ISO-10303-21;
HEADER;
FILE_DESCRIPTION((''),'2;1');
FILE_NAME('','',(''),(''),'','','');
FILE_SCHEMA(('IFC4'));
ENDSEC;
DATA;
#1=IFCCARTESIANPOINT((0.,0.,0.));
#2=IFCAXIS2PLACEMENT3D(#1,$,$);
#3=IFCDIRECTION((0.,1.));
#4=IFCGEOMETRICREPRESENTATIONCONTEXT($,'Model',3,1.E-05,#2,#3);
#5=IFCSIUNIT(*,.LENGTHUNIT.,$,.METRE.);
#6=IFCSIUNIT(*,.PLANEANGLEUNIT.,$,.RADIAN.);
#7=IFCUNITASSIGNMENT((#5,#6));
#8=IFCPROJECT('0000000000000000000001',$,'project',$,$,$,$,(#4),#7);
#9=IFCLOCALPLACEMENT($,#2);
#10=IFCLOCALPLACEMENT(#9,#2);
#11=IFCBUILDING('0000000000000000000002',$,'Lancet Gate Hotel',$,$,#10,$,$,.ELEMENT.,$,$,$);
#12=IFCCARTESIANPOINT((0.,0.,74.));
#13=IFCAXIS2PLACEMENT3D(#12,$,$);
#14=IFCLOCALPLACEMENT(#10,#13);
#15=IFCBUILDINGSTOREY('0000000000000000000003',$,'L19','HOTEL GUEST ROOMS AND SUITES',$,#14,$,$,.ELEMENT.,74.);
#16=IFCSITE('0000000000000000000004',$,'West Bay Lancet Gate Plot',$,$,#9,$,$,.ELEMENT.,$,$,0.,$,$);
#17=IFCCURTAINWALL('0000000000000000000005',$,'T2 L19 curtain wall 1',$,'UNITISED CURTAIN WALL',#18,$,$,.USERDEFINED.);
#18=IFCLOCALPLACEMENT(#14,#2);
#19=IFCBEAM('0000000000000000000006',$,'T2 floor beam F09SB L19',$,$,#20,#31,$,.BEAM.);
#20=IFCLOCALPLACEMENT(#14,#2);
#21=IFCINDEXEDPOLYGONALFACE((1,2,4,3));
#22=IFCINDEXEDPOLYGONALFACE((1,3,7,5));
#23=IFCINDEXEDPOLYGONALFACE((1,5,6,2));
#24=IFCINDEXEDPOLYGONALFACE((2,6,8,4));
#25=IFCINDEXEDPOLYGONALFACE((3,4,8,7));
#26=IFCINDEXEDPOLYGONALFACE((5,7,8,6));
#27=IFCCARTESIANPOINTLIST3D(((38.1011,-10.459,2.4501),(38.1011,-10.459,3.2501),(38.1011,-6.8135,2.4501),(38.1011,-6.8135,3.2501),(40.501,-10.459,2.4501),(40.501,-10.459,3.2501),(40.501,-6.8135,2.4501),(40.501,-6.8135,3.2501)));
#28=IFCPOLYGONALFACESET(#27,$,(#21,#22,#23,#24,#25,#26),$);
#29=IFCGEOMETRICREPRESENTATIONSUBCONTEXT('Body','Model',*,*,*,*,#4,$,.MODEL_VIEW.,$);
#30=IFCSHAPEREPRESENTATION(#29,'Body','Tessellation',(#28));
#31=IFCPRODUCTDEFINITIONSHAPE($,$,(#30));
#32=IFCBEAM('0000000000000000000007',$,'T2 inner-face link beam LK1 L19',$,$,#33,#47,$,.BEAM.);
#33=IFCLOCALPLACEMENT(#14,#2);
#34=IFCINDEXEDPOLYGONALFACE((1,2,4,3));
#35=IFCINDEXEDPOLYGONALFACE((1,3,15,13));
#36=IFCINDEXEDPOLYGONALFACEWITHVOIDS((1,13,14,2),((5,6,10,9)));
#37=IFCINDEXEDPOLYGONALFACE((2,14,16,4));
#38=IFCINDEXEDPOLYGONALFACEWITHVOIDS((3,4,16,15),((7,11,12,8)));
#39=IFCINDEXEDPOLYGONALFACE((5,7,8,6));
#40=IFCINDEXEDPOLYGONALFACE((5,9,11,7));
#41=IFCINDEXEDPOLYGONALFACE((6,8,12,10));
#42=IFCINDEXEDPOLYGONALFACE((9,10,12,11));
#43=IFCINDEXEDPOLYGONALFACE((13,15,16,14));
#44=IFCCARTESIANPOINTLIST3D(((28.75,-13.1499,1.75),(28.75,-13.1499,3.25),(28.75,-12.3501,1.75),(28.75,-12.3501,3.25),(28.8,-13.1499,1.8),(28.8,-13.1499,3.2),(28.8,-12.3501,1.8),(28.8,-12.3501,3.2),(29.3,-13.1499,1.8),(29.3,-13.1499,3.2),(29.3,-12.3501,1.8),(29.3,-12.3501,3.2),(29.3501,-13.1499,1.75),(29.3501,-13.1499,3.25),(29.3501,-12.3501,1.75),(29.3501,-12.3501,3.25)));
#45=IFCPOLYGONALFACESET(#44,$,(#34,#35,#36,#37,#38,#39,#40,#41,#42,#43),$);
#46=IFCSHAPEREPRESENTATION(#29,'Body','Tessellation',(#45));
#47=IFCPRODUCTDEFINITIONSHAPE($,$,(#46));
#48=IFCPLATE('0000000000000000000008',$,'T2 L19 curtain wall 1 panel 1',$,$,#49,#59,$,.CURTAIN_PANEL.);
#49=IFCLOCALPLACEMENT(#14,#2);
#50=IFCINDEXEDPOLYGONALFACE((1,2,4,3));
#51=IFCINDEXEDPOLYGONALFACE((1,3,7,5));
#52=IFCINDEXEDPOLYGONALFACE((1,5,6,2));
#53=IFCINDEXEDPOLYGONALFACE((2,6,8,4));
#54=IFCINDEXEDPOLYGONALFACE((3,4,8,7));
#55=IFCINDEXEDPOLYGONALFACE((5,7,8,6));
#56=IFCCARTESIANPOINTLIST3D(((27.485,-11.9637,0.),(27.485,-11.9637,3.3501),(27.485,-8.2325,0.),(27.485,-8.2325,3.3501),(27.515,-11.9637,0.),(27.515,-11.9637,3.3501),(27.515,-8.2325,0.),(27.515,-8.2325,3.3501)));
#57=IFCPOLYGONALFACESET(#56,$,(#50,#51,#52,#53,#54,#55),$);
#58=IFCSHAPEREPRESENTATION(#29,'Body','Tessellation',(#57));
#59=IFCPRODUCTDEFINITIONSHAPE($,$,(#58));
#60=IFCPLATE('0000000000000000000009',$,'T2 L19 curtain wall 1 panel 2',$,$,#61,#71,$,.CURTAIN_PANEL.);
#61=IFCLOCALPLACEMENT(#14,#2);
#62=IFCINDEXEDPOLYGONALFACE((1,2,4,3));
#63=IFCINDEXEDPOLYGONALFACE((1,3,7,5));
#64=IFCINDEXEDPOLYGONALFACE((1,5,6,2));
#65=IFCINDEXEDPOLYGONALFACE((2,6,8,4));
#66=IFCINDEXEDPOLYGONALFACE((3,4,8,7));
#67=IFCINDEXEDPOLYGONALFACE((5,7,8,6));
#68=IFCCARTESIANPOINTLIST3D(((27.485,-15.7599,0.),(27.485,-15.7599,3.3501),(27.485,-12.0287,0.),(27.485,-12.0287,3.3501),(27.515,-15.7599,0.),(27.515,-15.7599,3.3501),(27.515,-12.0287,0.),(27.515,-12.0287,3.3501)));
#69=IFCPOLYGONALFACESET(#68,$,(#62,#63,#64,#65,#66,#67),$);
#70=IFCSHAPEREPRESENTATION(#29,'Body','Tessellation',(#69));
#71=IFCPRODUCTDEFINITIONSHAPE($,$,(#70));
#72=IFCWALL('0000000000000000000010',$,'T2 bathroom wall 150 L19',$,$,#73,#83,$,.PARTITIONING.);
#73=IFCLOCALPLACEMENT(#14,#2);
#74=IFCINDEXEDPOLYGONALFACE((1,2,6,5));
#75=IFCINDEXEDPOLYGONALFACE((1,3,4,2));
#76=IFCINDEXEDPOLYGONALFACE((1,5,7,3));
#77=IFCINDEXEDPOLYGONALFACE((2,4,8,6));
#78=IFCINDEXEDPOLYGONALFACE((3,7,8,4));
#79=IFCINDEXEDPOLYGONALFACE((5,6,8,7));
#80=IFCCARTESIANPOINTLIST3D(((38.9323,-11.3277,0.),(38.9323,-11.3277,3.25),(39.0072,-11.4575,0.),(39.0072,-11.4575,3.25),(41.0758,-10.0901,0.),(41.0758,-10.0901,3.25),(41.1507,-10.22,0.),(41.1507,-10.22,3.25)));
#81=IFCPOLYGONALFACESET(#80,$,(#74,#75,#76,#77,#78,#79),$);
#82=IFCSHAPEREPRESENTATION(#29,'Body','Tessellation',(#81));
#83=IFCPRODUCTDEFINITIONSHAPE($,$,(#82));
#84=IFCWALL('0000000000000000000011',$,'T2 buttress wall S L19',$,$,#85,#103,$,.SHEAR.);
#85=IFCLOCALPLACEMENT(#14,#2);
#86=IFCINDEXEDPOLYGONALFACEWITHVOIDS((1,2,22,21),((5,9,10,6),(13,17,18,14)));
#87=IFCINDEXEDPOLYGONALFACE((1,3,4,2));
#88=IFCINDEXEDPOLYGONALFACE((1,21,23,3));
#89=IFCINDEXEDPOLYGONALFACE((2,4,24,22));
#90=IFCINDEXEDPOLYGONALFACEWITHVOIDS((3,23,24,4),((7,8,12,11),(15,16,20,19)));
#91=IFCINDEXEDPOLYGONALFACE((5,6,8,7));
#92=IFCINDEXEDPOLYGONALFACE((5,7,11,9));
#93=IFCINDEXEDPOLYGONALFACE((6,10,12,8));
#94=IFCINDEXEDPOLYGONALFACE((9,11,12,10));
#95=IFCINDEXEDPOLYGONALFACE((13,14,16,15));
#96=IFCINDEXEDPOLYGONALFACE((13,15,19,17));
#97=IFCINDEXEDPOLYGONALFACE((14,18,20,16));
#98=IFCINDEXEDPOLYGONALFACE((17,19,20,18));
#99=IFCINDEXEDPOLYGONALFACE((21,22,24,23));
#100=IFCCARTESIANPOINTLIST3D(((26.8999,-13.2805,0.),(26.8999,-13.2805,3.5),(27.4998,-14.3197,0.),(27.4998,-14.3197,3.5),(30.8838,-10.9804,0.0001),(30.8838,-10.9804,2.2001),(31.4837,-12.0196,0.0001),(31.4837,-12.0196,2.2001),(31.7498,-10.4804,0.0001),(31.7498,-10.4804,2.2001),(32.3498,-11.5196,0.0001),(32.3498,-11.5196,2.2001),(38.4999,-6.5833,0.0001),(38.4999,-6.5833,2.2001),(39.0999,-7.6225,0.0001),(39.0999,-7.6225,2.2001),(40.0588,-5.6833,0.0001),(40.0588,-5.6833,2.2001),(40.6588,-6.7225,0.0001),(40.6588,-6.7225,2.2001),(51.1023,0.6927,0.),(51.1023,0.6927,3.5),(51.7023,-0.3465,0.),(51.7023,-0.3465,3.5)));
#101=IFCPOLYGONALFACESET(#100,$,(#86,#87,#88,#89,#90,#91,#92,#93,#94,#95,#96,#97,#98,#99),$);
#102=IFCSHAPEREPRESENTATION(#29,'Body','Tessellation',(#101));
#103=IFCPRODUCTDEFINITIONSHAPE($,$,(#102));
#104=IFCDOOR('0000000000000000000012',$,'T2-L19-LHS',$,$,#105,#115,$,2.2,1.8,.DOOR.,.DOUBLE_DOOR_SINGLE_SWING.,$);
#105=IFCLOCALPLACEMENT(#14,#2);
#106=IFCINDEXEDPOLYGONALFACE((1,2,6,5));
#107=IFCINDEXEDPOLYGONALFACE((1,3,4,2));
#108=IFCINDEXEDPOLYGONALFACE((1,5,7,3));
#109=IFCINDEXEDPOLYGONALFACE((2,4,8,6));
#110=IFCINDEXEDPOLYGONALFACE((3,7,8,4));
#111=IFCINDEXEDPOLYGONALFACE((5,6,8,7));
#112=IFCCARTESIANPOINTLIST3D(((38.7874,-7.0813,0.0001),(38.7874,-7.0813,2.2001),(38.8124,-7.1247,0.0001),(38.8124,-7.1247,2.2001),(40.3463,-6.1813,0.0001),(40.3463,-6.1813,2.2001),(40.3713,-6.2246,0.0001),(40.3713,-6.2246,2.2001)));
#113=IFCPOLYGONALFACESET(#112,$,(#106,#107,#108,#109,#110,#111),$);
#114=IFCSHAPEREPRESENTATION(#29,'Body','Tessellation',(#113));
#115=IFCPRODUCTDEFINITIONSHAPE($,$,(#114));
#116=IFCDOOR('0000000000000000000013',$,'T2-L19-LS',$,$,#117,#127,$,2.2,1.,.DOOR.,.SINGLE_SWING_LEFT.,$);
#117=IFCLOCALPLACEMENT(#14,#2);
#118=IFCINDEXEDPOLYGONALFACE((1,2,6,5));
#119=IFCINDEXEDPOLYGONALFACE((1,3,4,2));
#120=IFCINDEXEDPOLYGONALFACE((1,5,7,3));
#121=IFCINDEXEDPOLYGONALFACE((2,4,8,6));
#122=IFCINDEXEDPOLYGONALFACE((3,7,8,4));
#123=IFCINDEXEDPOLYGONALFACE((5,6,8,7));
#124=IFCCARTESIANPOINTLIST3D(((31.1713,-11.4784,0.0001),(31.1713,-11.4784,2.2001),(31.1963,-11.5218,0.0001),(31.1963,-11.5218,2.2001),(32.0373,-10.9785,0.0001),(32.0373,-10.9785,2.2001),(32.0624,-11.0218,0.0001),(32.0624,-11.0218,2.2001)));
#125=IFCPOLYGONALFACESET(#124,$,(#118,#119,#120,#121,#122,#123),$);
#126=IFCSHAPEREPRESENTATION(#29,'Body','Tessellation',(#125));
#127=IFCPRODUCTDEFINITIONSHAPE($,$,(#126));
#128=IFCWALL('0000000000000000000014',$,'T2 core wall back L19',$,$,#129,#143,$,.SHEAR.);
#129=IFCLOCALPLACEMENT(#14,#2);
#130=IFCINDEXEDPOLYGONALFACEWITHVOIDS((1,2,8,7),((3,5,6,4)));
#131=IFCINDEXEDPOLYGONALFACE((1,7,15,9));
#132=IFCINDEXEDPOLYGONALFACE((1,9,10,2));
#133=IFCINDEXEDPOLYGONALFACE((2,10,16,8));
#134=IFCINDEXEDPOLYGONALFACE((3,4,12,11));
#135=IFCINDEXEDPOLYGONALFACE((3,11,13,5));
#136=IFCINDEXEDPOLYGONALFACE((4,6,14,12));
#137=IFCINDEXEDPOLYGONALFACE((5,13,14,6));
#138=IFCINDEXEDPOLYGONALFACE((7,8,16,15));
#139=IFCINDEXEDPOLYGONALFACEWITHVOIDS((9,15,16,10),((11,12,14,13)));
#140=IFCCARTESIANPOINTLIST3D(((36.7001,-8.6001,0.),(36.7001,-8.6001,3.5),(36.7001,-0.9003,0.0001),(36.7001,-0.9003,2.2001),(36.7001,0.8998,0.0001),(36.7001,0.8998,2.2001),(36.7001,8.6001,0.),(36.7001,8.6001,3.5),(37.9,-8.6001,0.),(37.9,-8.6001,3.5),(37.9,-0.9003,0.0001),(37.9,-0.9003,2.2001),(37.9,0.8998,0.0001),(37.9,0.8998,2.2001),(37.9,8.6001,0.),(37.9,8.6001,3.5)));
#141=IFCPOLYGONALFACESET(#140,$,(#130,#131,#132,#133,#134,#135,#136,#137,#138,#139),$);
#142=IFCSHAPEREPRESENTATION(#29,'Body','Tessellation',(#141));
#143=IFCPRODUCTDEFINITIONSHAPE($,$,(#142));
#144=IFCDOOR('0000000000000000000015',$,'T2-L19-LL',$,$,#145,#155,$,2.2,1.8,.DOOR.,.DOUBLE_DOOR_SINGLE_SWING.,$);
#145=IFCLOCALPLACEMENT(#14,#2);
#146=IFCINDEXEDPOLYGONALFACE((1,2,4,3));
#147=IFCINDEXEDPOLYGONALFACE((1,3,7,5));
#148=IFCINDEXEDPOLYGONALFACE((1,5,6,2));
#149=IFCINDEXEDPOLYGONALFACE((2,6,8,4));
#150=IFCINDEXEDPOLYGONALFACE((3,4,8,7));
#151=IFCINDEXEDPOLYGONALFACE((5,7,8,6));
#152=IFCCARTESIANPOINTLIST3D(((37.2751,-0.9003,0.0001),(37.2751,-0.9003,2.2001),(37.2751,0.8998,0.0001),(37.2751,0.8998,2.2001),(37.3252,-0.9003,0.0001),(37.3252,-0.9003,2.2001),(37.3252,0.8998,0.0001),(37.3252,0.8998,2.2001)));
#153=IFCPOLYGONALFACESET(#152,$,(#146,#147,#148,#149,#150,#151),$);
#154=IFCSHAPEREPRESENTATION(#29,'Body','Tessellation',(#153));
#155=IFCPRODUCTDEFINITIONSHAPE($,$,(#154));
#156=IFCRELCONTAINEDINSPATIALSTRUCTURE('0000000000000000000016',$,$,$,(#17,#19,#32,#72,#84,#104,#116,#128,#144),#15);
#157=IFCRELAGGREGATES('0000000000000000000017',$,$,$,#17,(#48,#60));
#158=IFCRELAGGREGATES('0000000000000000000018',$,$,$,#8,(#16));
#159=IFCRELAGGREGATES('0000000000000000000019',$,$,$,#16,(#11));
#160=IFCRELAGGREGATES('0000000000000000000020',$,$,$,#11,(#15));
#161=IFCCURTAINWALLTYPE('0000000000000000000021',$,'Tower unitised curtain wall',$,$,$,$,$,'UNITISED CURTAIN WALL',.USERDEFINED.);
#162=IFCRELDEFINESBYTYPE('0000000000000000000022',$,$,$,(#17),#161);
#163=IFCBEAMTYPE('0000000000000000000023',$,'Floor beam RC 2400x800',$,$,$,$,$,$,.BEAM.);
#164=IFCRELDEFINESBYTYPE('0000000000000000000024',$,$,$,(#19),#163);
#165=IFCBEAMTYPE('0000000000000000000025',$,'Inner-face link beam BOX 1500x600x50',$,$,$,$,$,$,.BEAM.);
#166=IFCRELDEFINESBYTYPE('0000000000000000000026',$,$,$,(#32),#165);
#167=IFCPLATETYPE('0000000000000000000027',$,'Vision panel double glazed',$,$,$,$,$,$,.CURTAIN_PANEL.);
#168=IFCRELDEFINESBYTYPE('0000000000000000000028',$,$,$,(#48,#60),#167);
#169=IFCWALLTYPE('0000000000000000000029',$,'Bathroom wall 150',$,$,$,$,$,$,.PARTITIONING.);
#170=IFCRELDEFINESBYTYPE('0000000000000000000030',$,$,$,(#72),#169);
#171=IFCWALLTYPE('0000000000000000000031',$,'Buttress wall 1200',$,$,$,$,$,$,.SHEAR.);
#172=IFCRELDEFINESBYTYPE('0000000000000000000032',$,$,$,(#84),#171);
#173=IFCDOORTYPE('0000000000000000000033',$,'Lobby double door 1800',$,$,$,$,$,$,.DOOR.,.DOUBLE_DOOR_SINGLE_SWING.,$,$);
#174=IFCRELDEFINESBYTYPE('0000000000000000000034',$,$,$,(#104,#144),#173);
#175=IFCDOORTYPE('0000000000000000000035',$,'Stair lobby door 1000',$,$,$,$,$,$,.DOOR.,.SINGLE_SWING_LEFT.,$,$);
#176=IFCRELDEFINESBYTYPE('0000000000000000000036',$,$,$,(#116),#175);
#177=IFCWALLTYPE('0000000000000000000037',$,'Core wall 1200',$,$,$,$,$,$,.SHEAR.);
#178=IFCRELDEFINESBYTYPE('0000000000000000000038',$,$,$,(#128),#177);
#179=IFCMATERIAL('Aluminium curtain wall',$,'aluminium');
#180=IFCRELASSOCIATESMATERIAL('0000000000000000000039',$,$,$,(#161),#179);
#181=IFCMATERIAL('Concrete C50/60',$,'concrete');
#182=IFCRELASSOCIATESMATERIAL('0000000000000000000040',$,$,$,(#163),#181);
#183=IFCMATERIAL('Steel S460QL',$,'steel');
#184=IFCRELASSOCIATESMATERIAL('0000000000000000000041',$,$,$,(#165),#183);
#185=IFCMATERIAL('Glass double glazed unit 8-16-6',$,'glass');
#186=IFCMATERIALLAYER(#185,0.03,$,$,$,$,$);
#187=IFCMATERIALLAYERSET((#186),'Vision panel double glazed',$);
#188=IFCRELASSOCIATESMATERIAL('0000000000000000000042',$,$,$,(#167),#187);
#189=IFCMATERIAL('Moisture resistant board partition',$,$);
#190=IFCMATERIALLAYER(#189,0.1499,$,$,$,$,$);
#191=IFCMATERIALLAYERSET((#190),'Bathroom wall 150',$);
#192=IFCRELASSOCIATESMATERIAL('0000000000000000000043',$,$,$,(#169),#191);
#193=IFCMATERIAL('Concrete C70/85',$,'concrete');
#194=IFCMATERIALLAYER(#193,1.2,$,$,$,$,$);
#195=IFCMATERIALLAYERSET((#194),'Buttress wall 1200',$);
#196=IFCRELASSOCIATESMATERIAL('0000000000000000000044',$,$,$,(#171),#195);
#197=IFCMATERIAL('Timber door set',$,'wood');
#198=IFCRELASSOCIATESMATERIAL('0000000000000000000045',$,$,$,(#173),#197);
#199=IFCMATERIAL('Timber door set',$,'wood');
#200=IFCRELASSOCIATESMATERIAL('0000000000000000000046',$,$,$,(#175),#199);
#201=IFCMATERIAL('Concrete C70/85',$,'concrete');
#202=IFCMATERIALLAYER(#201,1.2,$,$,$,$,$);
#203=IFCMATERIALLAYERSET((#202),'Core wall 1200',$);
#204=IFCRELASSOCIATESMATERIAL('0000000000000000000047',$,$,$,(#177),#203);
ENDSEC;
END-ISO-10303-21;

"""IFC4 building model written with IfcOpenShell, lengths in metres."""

from ifc_helpers import new_model, si_unit, direction, frame, frame_2d, origin, origin_2d, place, context, subcontext, project, spatial, rectangle, hollow_rectangle, extrude, material, layer, layer_set, material_profile, profile_set, type_object, element, fill, aggregate, save


model = new_model("IFC4")

# Units and contexts
model_context = context("Model", 3, precision=1e-05, world=origin(), true_north=direction((0.0, 1.0)))
body_context = subcontext(model_context, "Body", "Model", "MODEL_VIEW")
ifc_project = project(units=[si_unit("LENGTHUNIT", "METRE"), si_unit("PLANEANGLEUNIT", "RADIAN")], contexts=[model_context])

# Site, building, storey
site_placement = place(None, origin())
site = spatial("IfcSite", under=ifc_project, at=site_placement, Name="West Bay Lancet Gate Plot", CompositionType="ELEMENT", RefElevation=0.0)
building_placement = place(site_placement, origin())
building = spatial("IfcBuilding", under=site, at=building_placement, Name="Lancet Gate Hotel", CompositionType="ELEMENT")
storey_placement = place(building_placement, frame((0.0, 0.0, 74.0)))
storey = spatial("IfcBuildingStorey", under=building, at=storey_placement, Name="L19", Description="HOTEL GUEST ROOMS AND SUITES", CompositionType="ELEMENT", Elevation=74.0)

# Curtain wall
ifc_material_1 = material(Name="Aluminium curtain wall", Category="aluminium")
curtain_wall_type = type_object("IfcCurtainWallType", Name="Tower unitised curtain wall", ElementType="UNITISED CURTAIN WALL", PredefinedType="USERDEFINED", material=ifc_material_1)
curtain_wall_placement = place(storey_placement, origin())
curtain_wall = element("IfcCurtainWall", 1, at=curtain_wall_placement, inside=storey, type_object=curtain_wall_type, Name="T2 L19 curtain wall 1", ObjectType="UNITISED CURTAIN WALL", PredefinedType="USERDEFINED")

# Beams
ifc_material_2 = material(Name="Concrete C50/60", Category="concrete")
ifc_material_profile_1 = material_profile(ifc_material_2, rectangle(XDim=2.3999, YDim=0.8, at=origin_2d()), Name="RC 2400x800")
ifc_profile_set_1 = profile_set([ifc_material_profile_1], Name="Concrete C50/60")
beam_type_1 = type_object("IfcBeamType", Name="Floor beam RC 2400x800", PredefinedType="BEAM", material=ifc_profile_set_1)
beam_1_placement = place(storey_placement, frame((39.301, -10.459, 2.8501), z_axis=(0.0, 1.0, 0.0), x_axis=(-1.0, 0.0, 0.0)))
element("IfcBeam", 2, at=beam_1_placement, inside=storey, type_object=beam_type_1, Name="T2 floor beam F09SB L19", PredefinedType="BEAM", context=body_context, shape_type="SweptSolid", body=[
    extrude(rectangle(XDim=2.3999, YDim=0.8, at=origin_2d()), origin(), (0.0, 0.0, 1.0), 3.6455),
])
ifc_material_3 = material(Name="Steel S460QL", Category="steel")
ifc_material_profile_2 = material_profile(ifc_material_3, hollow_rectangle(XDim=0.6001, YDim=1.5, WallThickness=0.05, at=origin_2d()), Name="BOX 1500x600x50")
ifc_profile_set_2 = profile_set([ifc_material_profile_2], Name="Steel S460QL")
beam_type_2 = type_object("IfcBeamType", Name="Inner-face link beam BOX 1500x600x50", PredefinedType="BEAM", material=ifc_profile_set_2)
beam_2_placement = place(storey_placement, frame((29.05, -13.1499, 2.5), z_axis=(0.0, 1.0, 0.0), x_axis=(-1.0, 0.0, 0.0)))
element("IfcBeam", 3, at=beam_2_placement, inside=storey, type_object=beam_type_2, Name="T2 inner-face link beam LK1 L19", PredefinedType="BEAM", context=body_context, shape_type="SweptSolid", body=[
    extrude(hollow_rectangle(XDim=0.6001, YDim=1.5, WallThickness=0.05, at=origin_2d()), origin(), (0.0, 0.0, 1.0), 0.7998),
])

# Plates
ifc_material_4 = material(Name="Glass double glazed unit 8-16-6", Category="glass")
ifc_layer_1 = layer(ifc_material_4, 0.03)
ifc_layer_set_1 = layer_set([ifc_layer_1], Name="Vision panel double glazed")
plate_type = type_object("IfcPlateType", Name="Vision panel double glazed", PredefinedType="CURTAIN_PANEL", material=ifc_layer_set_1)
plate_1_placement = place(storey_placement, frame((27.5, -10.0981, 0.0), z_axis=(0.0, 0.0, 1.0), x_axis=(0.0, -1.0, 0.0)))
plate_1 = element("IfcPlate", 4, at=plate_1_placement, type_object=plate_type, Name="T2 L19 curtain wall 1 panel 1", PredefinedType="CURTAIN_PANEL", context=body_context, shape_type="SweptSolid", body=[
    extrude(rectangle(XDim=3.7312, YDim=0.03, at=origin_2d()), origin(), (0.0, 0.0, 1.0), 3.3501),
])
plate_2_placement = place(storey_placement, frame((27.5, -13.8943, 0.0), z_axis=(0.0, 0.0, 1.0), x_axis=(0.0, -1.0, 0.0)))
plate_2 = element("IfcPlate", 5, at=plate_2_placement, type_object=plate_type, Name="T2 L19 curtain wall 1 panel 2", PredefinedType="CURTAIN_PANEL", context=body_context, shape_type="SweptSolid", body=[
    extrude(rectangle(XDim=3.7312, YDim=0.03, at=origin_2d()), origin(), (0.0, 0.0, 1.0), 3.3501),
])
aggregate(curtain_wall, [plate_1, plate_2])

# Wall
ifc_material_5 = material(Name="Moisture resistant board partition")
ifc_layer_2 = layer(ifc_material_5, 0.1499)
ifc_layer_set_2 = layer_set([ifc_layer_2], Name="Bathroom wall 150")
wall_type_1 = type_object("IfcWallType", Name="Bathroom wall 150", PredefinedType="PARTITIONING", material=ifc_layer_set_2)
wall_1_placement = place(storey_placement, frame((38.9697, -11.3926, 0.0), z_axis=(0.0, 0.0, 1.0), x_axis=(0.866031, 0.49999, 0.0)))
element("IfcWall", 6, at=wall_1_placement, inside=storey, type_object=wall_type_1, Name="T2 bathroom wall 150 L19", PredefinedType="PARTITIONING", context=body_context, shape_type="SweptSolid", body=[
    extrude(rectangle(XDim=2.4751, YDim=0.1499, at=frame_2d((1.2375, 0.0))), origin(), (0.0, 0.0, 1.0), 3.25),
])

# Wall, openings, doors
ifc_material_6 = material(Name="Concrete C70/85", Category="concrete")
ifc_layer_3 = layer(ifc_material_6, 1.2)
ifc_layer_set_3 = layer_set([ifc_layer_3], Name="Buttress wall 1200")
wall_type_2 = type_object("IfcWallType", Name="Buttress wall 1200", PredefinedType="SHEAR", material=ifc_layer_set_3)
wall_2_placement = place(storey_placement, frame((27.2, -13.8, 0.0), z_axis=(0.0, 0.0, 1.0), x_axis=(0.866027, 0.499997, 0.0)))
wall_2 = element("IfcWall", 7, at=wall_2_placement, inside=storey, type_object=wall_type_2, Name="T2 buttress wall S L19", PredefinedType="SHEAR", context=body_context, shape_type="SweptSolid", body=[
    extrude(rectangle(XDim=27.9465, YDim=1.2, at=frame_2d((13.9731, 0.0))), origin(), (0.0, 0.0, 1.0), 3.5),
])
opening_1_placement = place(wall_2_placement, frame((4.6001, 0.0, 0.0)))
opening_1 = element("IfcOpeningElement", 8, at=opening_1_placement, cuts=wall_2, PredefinedType="OPENING", context=body_context, shape_type="SweptSolid", body=[
    extrude(rectangle(XDim=1.0, YDim=2.2, at=frame_2d((0.5, 1.1001))), frame((0.0, 0.6099, 0.0), z_axis=(0.0, -1.0, 0.0), x_axis=(1.0, 0.0, 0.0)), (0.0, 0.0, 1.0), 1.22),
])
opening_2_placement = place(wall_2_placement, frame((13.3945, 0.0, 0.0)))
opening_2 = element("IfcOpeningElement", 9, at=opening_2_placement, cuts=wall_2, PredefinedType="OPENING", context=body_context, shape_type="SweptSolid", body=[
    extrude(rectangle(XDim=1.8, YDim=2.2, at=frame_2d((0.8999, 1.1001))), frame((0.0, 0.6099, 0.0), z_axis=(0.0, -1.0, 0.0), x_axis=(1.0, 0.0, 0.0)), (0.0, 0.0, 1.0), 1.22),
])
ifc_material_7 = material(Name="Timber door set", Category="wood")
door_type_1 = type_object("IfcDoorType", Name="Lobby double door 1800", OperationType="DOUBLE_DOOR_SINGLE_SWING", PredefinedType="DOOR", material=ifc_material_7)
door_1_placement = place(opening_2_placement, origin())
door_1 = element("IfcDoor", 10, at=door_1_placement, inside=storey, type_object=door_type_1, Name="T2-L19-LHS", OperationType="DOUBLE_DOOR_SINGLE_SWING", OverallHeight=2.2, OverallWidth=1.8, PredefinedType="DOOR", context=body_context, shape_type="SweptSolid", body=[
    extrude(rectangle(XDim=1.8, YDim=2.2, at=frame_2d((0.8999, 1.1001))), frame((0.0, 0.0249, 0.0), z_axis=(0.0, -1.0, 0.0), x_axis=(1.0, 0.0, 0.0)), (0.0, 0.0, 1.0), 0.05),
])
fill(opening_2, door_1)
ifc_material_8 = material(Name="Timber door set", Category="wood")
door_type_2 = type_object("IfcDoorType", Name="Stair lobby door 1000", OperationType="SINGLE_SWING_LEFT", PredefinedType="DOOR", material=ifc_material_8)
door_2_placement = place(opening_1_placement, origin())
door_2 = element("IfcDoor", 11, at=door_2_placement, inside=storey, type_object=door_type_2, Name="T2-L19-LS", OperationType="SINGLE_SWING_LEFT", OverallHeight=2.2, OverallWidth=1.0, PredefinedType="DOOR", context=body_context, shape_type="SweptSolid", body=[
    extrude(rectangle(XDim=1.0, YDim=2.2, at=frame_2d((0.5, 1.1001))), frame((0.0, 0.0249, 0.0), z_axis=(0.0, -1.0, 0.0), x_axis=(1.0, 0.0, 0.0)), (0.0, 0.0, 1.0), 0.05),
])
fill(opening_1, door_2)

# Wall, opening, door
ifc_material_9 = material(Name="Concrete C70/85", Category="concrete")
ifc_layer_4 = layer(ifc_material_9, 1.2)
ifc_layer_set_4 = layer_set([ifc_layer_4], Name="Core wall 1200")
wall_type_3 = type_object("IfcWallType", Name="Core wall 1200", PredefinedType="SHEAR", material=ifc_layer_set_4)
wall_3_placement = place(storey_placement, frame((37.3, -8.6001, 0.0), z_axis=(0.0, 0.0, 1.0), x_axis=(0.0, 1.0, 0.0)))
wall_3 = element("IfcWall", 12, at=wall_3_placement, inside=storey, type_object=wall_type_3, Name="T2 core wall back L19", PredefinedType="SHEAR", context=body_context, shape_type="SweptSolid", body=[
    extrude(rectangle(XDim=17.2002, YDim=1.2, at=frame_2d((8.6001, 0.0))), origin(), (0.0, 0.0, 1.0), 3.5),
])
opening_3_placement = place(wall_3_placement, frame((7.7, 0.0, 0.0)))
opening_3 = element("IfcOpeningElement", 13, at=opening_3_placement, cuts=wall_3, PredefinedType="OPENING", context=body_context, shape_type="SweptSolid", body=[
    extrude(rectangle(XDim=1.8, YDim=2.2, at=frame_2d((0.8999, 1.1001))), frame((0.0, 0.6099, 0.0), z_axis=(0.0, -1.0, 0.0), x_axis=(1.0, 0.0, 0.0)), (0.0, 0.0, 1.0), 1.22),
])
door_3_placement = place(opening_3_placement, origin())
door_3 = element("IfcDoor", 14, at=door_3_placement, inside=storey, type_object=door_type_1, Name="T2-L19-LL", OperationType="DOUBLE_DOOR_SINGLE_SWING", OverallHeight=2.2, OverallWidth=1.8, PredefinedType="DOOR", context=body_context, shape_type="SweptSolid", body=[
    extrude(rectangle(XDim=1.8, YDim=2.2, at=frame_2d((0.8999, 1.1001))), frame((0.0, 0.0249, 0.0), z_axis=(0.0, -1.0, 0.0), x_axis=(1.0, 0.0, 0.0)), (0.0, 0.0, 1.0), 0.05),
])
fill(opening_3, door_3)

save(model, "model.ifc")
